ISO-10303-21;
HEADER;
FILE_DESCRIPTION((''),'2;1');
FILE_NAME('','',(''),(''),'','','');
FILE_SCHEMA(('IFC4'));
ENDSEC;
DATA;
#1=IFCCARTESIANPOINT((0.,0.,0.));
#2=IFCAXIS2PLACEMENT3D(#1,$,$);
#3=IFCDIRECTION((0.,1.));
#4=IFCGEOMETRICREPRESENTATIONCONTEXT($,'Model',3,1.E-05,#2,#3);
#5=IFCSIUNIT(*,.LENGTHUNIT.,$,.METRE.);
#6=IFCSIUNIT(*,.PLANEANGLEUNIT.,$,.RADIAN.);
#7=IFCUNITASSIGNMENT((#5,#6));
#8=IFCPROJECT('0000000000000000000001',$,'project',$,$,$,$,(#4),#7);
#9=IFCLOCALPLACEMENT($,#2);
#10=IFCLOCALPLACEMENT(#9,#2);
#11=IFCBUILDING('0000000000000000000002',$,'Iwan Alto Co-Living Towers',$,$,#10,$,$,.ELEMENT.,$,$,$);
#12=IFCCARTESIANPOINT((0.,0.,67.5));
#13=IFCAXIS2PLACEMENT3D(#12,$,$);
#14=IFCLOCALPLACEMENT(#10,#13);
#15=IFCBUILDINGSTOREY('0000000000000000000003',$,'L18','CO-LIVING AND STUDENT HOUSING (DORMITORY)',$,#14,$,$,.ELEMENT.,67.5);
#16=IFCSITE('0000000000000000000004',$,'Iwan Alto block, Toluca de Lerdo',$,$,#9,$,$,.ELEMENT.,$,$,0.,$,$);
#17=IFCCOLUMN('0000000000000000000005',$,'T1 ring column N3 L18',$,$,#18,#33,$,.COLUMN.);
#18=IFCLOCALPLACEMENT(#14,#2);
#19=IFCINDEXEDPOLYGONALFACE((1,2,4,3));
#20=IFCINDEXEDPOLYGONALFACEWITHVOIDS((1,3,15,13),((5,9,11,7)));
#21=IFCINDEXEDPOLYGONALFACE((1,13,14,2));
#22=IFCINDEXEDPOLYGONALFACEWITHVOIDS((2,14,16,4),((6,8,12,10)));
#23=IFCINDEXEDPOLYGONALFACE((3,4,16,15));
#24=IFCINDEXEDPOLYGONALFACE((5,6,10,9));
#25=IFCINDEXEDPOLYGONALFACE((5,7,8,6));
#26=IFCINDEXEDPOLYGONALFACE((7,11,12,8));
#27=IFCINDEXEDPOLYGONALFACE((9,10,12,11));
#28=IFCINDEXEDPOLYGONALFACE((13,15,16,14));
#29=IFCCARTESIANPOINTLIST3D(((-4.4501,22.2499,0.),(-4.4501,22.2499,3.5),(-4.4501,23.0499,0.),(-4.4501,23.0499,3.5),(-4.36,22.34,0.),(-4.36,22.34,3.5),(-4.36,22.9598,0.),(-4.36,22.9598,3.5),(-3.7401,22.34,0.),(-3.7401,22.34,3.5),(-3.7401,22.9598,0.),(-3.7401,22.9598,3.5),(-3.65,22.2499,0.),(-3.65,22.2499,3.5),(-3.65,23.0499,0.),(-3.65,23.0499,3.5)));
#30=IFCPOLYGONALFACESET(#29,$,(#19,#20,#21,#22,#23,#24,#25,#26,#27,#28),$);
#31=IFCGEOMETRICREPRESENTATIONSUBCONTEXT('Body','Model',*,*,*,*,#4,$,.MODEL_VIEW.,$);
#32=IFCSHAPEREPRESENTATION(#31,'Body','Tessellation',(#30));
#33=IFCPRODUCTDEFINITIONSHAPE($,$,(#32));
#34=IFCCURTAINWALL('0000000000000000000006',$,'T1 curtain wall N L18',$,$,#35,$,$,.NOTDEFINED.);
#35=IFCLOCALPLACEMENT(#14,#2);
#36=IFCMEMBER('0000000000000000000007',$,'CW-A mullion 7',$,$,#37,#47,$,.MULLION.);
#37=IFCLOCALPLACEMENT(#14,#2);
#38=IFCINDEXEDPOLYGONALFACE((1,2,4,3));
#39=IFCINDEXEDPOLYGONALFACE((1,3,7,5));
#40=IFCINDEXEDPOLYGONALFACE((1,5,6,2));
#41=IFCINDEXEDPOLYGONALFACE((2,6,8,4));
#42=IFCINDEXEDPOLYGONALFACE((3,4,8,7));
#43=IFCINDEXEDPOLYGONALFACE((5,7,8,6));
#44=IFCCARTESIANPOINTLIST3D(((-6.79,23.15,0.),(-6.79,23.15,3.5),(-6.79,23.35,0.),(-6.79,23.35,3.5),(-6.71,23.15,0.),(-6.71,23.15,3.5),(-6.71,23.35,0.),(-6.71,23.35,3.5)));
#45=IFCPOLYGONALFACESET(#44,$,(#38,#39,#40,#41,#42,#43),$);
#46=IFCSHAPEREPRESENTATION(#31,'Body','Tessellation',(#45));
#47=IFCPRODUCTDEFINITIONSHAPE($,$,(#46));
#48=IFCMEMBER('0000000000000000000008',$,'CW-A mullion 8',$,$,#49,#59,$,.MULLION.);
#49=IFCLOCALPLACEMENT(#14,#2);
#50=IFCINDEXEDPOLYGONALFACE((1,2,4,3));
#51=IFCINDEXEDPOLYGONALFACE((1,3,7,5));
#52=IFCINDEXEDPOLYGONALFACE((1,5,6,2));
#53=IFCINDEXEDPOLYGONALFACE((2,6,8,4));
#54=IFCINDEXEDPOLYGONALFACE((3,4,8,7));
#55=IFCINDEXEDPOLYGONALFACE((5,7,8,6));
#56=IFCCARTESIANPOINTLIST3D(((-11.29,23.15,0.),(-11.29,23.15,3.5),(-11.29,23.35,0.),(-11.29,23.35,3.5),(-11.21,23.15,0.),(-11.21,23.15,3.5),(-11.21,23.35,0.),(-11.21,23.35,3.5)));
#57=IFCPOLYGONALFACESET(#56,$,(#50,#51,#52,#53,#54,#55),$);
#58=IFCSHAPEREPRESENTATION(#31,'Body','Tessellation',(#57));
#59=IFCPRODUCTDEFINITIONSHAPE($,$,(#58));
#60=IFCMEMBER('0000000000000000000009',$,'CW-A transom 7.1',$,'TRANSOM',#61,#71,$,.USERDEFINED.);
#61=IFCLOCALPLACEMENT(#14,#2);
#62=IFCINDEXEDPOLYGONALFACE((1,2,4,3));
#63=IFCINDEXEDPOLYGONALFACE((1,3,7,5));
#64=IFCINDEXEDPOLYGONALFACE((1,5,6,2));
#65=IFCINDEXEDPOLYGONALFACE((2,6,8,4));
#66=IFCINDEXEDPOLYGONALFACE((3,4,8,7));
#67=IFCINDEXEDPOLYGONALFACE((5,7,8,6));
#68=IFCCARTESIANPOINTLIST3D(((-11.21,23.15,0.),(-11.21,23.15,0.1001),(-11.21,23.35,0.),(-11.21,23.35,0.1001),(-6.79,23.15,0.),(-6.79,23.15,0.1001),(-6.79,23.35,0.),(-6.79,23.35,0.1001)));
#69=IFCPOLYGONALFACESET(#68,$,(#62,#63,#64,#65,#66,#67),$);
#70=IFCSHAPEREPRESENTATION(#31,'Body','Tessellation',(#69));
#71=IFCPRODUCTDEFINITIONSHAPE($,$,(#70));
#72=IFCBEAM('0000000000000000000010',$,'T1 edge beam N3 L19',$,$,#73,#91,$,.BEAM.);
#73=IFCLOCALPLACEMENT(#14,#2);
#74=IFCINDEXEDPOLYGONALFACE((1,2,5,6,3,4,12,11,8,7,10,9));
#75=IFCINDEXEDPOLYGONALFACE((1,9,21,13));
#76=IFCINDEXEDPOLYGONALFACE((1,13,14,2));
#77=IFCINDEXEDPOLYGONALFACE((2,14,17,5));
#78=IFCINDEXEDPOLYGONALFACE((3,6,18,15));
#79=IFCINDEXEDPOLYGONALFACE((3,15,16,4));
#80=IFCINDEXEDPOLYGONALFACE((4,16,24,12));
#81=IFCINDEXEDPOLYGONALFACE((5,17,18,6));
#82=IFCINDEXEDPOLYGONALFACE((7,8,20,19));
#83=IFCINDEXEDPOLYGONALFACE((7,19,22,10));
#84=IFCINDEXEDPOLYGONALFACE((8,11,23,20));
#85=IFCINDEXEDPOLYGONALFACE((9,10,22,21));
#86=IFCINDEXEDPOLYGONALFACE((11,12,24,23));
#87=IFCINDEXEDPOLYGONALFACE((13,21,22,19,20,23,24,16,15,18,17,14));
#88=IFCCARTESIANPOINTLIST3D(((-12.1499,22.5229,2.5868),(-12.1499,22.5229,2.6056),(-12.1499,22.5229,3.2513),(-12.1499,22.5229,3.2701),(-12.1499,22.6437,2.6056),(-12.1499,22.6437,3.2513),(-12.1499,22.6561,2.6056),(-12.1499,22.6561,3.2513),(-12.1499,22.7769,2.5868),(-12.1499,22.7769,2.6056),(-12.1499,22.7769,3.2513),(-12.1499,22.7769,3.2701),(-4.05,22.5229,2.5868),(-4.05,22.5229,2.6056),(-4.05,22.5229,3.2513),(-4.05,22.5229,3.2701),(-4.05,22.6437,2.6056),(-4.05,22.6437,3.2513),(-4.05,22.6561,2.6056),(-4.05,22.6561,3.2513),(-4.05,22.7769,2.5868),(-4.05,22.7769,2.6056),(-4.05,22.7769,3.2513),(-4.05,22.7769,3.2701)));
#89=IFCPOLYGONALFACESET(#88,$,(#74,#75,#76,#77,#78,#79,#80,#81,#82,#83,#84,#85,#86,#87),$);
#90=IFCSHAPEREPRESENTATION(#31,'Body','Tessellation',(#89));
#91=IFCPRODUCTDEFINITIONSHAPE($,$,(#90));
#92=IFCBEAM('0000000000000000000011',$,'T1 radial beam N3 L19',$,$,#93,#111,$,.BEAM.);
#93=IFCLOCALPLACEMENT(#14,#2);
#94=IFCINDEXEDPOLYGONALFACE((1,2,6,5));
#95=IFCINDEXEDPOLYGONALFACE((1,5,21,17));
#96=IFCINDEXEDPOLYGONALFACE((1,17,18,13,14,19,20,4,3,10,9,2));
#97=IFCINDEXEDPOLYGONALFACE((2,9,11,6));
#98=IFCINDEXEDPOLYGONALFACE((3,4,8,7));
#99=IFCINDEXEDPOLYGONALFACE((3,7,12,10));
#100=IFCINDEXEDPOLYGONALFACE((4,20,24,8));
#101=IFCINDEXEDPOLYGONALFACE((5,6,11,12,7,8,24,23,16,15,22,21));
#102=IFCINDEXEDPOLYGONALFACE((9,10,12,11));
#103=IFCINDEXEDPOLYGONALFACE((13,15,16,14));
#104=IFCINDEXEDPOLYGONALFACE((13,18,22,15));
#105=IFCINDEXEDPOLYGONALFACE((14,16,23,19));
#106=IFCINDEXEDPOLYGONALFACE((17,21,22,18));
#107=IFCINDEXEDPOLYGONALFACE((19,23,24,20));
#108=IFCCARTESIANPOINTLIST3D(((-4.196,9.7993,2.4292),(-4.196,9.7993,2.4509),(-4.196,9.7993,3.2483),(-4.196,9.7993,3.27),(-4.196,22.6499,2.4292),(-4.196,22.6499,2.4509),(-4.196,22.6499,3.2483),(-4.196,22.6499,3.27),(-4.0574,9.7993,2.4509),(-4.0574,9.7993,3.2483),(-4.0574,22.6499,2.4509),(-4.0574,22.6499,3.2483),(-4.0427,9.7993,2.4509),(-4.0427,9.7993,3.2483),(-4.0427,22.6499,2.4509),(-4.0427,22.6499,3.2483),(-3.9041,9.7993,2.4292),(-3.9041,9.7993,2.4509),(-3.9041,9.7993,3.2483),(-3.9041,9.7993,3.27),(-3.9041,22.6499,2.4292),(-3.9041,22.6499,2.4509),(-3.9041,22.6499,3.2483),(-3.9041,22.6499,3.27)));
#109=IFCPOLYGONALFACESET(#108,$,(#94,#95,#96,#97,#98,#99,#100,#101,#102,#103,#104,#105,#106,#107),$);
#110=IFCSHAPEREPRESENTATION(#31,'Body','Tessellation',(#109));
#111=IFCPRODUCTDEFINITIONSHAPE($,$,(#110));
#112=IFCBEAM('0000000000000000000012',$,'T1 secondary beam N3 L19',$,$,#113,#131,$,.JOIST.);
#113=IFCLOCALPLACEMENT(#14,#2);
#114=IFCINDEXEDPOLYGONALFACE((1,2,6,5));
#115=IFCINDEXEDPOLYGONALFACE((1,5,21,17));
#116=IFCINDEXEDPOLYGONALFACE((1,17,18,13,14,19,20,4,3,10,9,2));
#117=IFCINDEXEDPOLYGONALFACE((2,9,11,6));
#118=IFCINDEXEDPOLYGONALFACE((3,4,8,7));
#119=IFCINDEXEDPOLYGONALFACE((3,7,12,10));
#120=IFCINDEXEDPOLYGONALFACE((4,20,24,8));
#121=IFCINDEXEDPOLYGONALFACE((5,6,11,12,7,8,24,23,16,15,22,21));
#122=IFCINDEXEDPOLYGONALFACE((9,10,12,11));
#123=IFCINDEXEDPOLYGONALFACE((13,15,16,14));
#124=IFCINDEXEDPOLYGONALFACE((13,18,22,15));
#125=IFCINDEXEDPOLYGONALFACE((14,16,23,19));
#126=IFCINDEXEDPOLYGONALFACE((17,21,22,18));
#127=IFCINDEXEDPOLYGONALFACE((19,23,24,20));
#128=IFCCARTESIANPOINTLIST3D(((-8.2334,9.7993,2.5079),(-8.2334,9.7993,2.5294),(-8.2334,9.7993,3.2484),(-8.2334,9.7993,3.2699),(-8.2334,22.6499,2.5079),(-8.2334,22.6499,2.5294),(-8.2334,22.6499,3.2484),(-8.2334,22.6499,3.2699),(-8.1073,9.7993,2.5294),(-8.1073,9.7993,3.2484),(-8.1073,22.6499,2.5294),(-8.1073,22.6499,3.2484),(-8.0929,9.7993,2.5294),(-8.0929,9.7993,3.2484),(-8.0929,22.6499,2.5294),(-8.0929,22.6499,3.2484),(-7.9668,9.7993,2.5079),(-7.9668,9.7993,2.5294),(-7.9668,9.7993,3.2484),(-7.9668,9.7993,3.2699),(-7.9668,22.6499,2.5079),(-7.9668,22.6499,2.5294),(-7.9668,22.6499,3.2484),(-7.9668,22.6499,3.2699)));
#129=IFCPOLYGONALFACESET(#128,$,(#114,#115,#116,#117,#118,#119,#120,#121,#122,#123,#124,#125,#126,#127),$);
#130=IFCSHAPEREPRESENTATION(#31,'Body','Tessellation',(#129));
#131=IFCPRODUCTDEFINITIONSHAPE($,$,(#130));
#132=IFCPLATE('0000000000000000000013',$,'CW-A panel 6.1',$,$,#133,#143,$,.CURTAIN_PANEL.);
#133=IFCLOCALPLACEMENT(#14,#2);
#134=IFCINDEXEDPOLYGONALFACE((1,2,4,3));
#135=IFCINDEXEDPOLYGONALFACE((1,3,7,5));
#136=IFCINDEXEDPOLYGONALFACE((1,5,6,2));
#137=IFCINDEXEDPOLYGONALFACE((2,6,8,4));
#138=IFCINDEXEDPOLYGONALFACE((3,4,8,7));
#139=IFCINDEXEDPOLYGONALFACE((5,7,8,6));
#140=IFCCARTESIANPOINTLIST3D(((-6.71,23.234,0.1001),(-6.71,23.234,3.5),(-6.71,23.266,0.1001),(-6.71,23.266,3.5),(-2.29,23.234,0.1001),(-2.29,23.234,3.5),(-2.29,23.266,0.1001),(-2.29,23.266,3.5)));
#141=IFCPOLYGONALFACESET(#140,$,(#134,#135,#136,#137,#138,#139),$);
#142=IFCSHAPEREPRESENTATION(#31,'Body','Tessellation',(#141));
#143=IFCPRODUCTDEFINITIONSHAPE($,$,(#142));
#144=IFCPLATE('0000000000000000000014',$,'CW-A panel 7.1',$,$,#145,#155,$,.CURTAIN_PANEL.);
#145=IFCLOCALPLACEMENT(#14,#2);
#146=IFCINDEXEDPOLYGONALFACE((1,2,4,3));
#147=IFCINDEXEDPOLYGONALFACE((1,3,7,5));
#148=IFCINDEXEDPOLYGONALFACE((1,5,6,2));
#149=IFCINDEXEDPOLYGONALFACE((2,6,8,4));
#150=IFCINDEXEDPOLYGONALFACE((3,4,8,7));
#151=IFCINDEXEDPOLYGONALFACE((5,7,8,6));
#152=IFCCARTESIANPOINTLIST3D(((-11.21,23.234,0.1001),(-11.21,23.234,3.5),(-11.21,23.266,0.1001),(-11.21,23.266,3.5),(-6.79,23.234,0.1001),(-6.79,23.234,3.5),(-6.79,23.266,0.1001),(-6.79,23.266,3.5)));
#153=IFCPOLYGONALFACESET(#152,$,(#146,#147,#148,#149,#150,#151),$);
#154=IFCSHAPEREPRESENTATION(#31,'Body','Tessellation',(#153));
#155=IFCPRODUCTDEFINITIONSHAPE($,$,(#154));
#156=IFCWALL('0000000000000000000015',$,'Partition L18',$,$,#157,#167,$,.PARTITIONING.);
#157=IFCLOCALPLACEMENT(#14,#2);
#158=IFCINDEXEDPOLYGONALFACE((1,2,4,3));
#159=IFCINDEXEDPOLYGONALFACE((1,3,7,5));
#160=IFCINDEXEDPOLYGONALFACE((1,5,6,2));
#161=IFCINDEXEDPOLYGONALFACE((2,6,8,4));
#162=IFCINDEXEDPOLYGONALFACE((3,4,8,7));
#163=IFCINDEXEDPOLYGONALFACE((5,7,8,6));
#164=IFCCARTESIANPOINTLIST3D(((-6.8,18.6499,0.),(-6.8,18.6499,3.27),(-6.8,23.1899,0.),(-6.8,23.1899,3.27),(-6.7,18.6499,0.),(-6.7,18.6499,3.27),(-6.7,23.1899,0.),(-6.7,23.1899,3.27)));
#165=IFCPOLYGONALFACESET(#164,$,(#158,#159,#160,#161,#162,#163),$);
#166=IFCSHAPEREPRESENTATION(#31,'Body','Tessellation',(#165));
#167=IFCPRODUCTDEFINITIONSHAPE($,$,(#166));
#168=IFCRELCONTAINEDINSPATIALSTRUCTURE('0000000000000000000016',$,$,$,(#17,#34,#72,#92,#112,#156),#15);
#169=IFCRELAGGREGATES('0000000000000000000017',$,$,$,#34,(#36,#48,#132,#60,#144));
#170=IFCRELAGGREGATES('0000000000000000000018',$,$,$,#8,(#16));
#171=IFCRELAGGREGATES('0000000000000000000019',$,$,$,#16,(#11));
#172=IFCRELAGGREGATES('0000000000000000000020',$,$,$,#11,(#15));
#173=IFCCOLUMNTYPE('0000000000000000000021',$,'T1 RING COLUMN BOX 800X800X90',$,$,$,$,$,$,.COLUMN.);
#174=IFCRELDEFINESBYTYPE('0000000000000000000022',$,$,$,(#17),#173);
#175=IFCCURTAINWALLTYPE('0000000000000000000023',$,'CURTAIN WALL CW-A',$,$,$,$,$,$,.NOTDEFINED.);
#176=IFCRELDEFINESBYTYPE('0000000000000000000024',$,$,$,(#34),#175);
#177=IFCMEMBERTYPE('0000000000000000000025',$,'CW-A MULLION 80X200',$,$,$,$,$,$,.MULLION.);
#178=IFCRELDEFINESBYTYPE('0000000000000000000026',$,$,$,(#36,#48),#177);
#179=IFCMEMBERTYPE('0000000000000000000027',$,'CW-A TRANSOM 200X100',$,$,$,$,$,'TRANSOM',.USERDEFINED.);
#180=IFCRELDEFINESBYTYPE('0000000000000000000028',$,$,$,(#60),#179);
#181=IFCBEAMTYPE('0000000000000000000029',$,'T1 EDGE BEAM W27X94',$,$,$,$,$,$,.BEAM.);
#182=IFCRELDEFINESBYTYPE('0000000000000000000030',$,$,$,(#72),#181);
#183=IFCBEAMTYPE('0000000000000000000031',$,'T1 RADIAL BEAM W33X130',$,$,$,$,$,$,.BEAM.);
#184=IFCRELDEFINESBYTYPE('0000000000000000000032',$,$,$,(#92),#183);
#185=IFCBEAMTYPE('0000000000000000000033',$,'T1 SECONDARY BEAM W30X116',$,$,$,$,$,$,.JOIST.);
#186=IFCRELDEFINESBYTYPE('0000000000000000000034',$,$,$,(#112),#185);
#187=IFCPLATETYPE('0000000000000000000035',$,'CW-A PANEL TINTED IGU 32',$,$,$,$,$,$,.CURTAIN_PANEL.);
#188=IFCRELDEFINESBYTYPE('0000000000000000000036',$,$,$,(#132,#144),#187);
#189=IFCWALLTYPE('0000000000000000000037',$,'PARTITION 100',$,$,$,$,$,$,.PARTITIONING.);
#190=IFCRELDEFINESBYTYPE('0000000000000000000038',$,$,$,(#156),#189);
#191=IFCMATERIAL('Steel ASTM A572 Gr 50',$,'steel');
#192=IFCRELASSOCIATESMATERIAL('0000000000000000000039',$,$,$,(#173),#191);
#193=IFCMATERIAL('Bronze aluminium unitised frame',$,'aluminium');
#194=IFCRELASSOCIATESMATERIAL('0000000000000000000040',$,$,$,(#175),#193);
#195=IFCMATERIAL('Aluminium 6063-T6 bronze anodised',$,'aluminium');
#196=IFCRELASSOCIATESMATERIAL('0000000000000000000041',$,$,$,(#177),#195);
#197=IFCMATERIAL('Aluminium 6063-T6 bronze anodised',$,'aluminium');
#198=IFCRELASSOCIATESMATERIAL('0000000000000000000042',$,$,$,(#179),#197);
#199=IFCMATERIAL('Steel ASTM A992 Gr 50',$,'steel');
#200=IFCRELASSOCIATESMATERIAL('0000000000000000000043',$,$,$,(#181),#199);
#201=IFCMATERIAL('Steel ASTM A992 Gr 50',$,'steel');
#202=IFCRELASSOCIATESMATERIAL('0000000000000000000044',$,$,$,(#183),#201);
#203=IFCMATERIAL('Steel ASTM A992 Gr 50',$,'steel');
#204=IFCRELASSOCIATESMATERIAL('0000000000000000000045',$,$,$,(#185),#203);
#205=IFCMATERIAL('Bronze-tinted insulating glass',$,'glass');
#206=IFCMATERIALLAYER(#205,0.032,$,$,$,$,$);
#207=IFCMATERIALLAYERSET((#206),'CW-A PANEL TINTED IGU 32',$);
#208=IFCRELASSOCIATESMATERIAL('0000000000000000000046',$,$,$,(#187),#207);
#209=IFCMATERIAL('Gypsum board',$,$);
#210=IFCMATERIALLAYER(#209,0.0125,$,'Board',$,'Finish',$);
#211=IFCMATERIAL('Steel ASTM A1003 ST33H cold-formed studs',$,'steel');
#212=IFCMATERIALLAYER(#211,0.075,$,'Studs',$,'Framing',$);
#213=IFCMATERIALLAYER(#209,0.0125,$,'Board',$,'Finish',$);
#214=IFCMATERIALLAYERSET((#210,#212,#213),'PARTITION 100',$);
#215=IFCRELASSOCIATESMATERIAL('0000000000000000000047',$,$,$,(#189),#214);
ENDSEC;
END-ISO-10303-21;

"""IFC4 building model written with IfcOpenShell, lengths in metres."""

from ifc_helpers import new_model, si_unit, direction, frame, frame_2d, origin, origin_2d, place, context, subcontext, project, spatial, rectangle, hollow_rectangle, i_section, extrude, material, layer, layer_set, material_profile, profile_set, type_object, element, aggregate, save


model = new_model("IFC4")

# Units and contexts
model_context = context("Model", 3, precision=1e-05, world=origin(), true_north=direction((0.0, 1.0)))
body_context = subcontext(model_context, "Body", "Model", "MODEL_VIEW")
ifc_project = project(units=[si_unit("LENGTHUNIT", "METRE"), si_unit("PLANEANGLEUNIT", "RADIAN")], contexts=[model_context])

# Site, building, storey
site_placement = place(None, origin())
site = spatial("IfcSite", under=ifc_project, at=site_placement, Name="Iwan Alto block, Toluca de Lerdo", CompositionType="ELEMENT", RefElevation=0.0)
building_placement = place(site_placement, origin())
building = spatial("IfcBuilding", under=site, at=building_placement, Name="Iwan Alto Co-Living Towers", CompositionType="ELEMENT")
storey_placement = place(building_placement, frame((0.0, 0.0, 67.5)))
storey = spatial("IfcBuildingStorey", under=building, at=storey_placement, Name="L18", Description="CO-LIVING AND STUDENT HOUSING (DORMITORY)", CompositionType="ELEMENT", Elevation=67.5)

# Column
ifc_material_1 = material(Name="Steel ASTM A572 Gr 50", Category="steel")
ifc_material_profile_1 = material_profile(ifc_material_1, hollow_rectangle(XDim=0.8, YDim=0.8, WallThickness=0.0901, at=origin_2d()), Name="BOX 800X800X90")
ifc_profile_set_1 = profile_set([ifc_material_profile_1], Name="Steel ASTM A572 Gr 50")
column_type = type_object("IfcColumnType", Name="T1 RING COLUMN BOX 800X800X90", PredefinedType="COLUMN", material=ifc_profile_set_1)
column_placement = place(storey_placement, frame((-4.05, 22.6499, 0.0), z_axis=(0.0, 0.0, 1.0), x_axis=(1.0, 0.0, 0.0)))
element("IfcColumn", 1, at=column_placement, inside=storey, type_object=column_type, Name="T1 ring column N3 L18", PredefinedType="COLUMN", context=body_context, shape_type="SweptSolid", body=[
    extrude(hollow_rectangle(XDim=0.8, YDim=0.8, WallThickness=0.0901, at=origin_2d()), origin(), (0.0, 0.0, 1.0), 3.5),
])

# Curtain wall, members
ifc_material_2 = material(Name="Bronze aluminium unitised frame", Category="aluminium")
curtain_wall_type = type_object("IfcCurtainWallType", Name="CURTAIN WALL CW-A", PredefinedType="NOTDEFINED", material=ifc_material_2)
curtain_wall_placement = place(storey_placement, origin())
curtain_wall = element("IfcCurtainWall", 2, at=curtain_wall_placement, inside=storey, type_object=curtain_wall_type, Name="T1 curtain wall N L18", PredefinedType="NOTDEFINED")
ifc_material_3 = material(Name="Aluminium 6063-T6 bronze anodised", Category="aluminium")
ifc_material_profile_2 = material_profile(ifc_material_3, rectangle(XDim=0.2, YDim=0.0801, at=origin_2d()), Name="AL 80X200")
ifc_profile_set_2 = profile_set([ifc_material_profile_2], Name="Aluminium 6063-T6 bronze anodised")
member_type_1 = type_object("IfcMemberType", Name="CW-A MULLION 80X200", PredefinedType="MULLION", material=ifc_profile_set_2)
member_1_placement = place(storey_placement, frame((-6.75, 23.25, 0.0), z_axis=(0.0, 0.0, 1.0), x_axis=(0.0, -1.0, 0.0)))
member_1 = element("IfcMember", 3, at=member_1_placement, type_object=member_type_1, Name="CW-A mullion 7", PredefinedType="MULLION", context=body_context, shape_type="SweptSolid", body=[
    extrude(rectangle(XDim=0.2, YDim=0.0801, at=origin_2d()), origin(), (0.0, 0.0, 1.0), 3.5),
])
member_2_placement = place(storey_placement, frame((-11.25, 23.25, 0.0), z_axis=(0.0, 0.0, 1.0), x_axis=(0.0, -1.0, 0.0)))
member_2 = element("IfcMember", 4, at=member_2_placement, type_object=member_type_1, Name="CW-A mullion 8", PredefinedType="MULLION", context=body_context, shape_type="SweptSolid", body=[
    extrude(rectangle(XDim=0.2, YDim=0.0801, at=origin_2d()), origin(), (0.0, 0.0, 1.0), 3.5),
])
ifc_material_4 = material(Name="Aluminium 6063-T6 bronze anodised", Category="aluminium")
ifc_material_profile_3 = material_profile(ifc_material_4, rectangle(XDim=0.2, YDim=0.1001, at=origin_2d()), Name="AL 200X100")
ifc_profile_set_3 = profile_set([ifc_material_profile_3], Name="Aluminium 6063-T6 bronze anodised")
member_type_2 = type_object("IfcMemberType", Name="CW-A TRANSOM 200X100", ElementType="TRANSOM", PredefinedType="USERDEFINED", material=ifc_profile_set_3)
member_3_placement = place(storey_placement, frame((-6.79, 23.25, 0.05), z_axis=(-1.0, 0.0, 0.0), x_axis=(0.0, -1.0, 0.0)))
member_3 = element("IfcMember", 5, at=member_3_placement, type_object=member_type_2, Name="CW-A transom 7.1", ObjectType="TRANSOM", PredefinedType="USERDEFINED", context=body_context, shape_type="SweptSolid", body=[
    extrude(rectangle(XDim=0.2, YDim=0.1001, at=origin_2d()), origin(), (0.0, 0.0, 1.0), 4.4199),
])

# Beams
ifc_material_5 = material(Name="Steel ASTM A992 Gr 50", Category="steel")
ifc_material_profile_4 = material_profile(ifc_material_5, i_section(OverallWidth=0.2539, OverallDepth=0.6833, WebThickness=0.0125, FlangeThickness=0.0188, at=origin_2d()), Name="W27X94")
ifc_profile_set_4 = profile_set([ifc_material_profile_4], Name="Steel ASTM A992 Gr 50")
beam_type_1 = type_object("IfcBeamType", Name="T1 EDGE BEAM W27X94", PredefinedType="BEAM", material=ifc_profile_set_4)
beam_1_placement = place(storey_placement, frame((-4.05, 22.6499, 2.9285), z_axis=(-1.0, 0.0, 0.0), x_axis=(0.0, -1.0, 0.0)))
element("IfcBeam", 6, at=beam_1_placement, inside=storey, type_object=beam_type_1, Name="T1 edge beam N3 L19", PredefinedType="BEAM", context=body_context, shape_type="SweptSolid", body=[
    extrude(i_section(OverallWidth=0.2539, OverallDepth=0.6833, WebThickness=0.0125, FlangeThickness=0.0188, at=origin_2d()), origin(), (0.0, 0.0, 1.0), 8.0999),
])
ifc_material_6 = material(Name="Steel ASTM A992 Gr 50", Category="steel")
ifc_material_profile_5 = material_profile(ifc_material_6, i_section(OverallWidth=0.292, OverallDepth=0.8408, WebThickness=0.0146, FlangeThickness=0.0217, at=origin_2d()), Name="W33X130")
ifc_profile_set_5 = profile_set([ifc_material_profile_5], Name="Steel ASTM A992 Gr 50")
beam_type_2 = type_object("IfcBeamType", Name="T1 RADIAL BEAM W33X130", PredefinedType="BEAM", material=ifc_profile_set_5)
beam_2_placement = place(storey_placement, frame((-4.05, 22.6499, 2.8496), z_axis=(0.0, -1.0, 0.0), x_axis=(1.0, 0.0, 0.0)))
element("IfcBeam", 7, at=beam_2_placement, inside=storey, type_object=beam_type_2, Name="T1 radial beam N3 L19", PredefinedType="BEAM", context=body_context, shape_type="SweptSolid", body=[
    extrude(i_section(OverallWidth=0.292, OverallDepth=0.8408, WebThickness=0.0146, FlangeThickness=0.0217, at=origin_2d()), origin(), (0.0, 0.0, 1.0), 12.8506),
])
ifc_material_7 = material(Name="Steel ASTM A992 Gr 50", Category="steel")
ifc_material_profile_6 = material_profile(ifc_material_7, i_section(OverallWidth=0.2666, OverallDepth=0.762, WebThickness=0.0144, FlangeThickness=0.0215, at=origin_2d()), Name="W30X116")
ifc_profile_set_6 = profile_set([ifc_material_profile_6], Name="Steel ASTM A992 Gr 50")
beam_type_3 = type_object("IfcBeamType", Name="T1 SECONDARY BEAM W30X116", PredefinedType="JOIST", material=ifc_profile_set_6)
beam_3_placement = place(storey_placement, frame((-8.1001, 22.6499, 2.8889), z_axis=(0.0, -1.0, 0.0), x_axis=(1.0, 0.0, 0.0)))
element("IfcBeam", 8, at=beam_3_placement, inside=storey, type_object=beam_type_3, Name="T1 secondary beam N3 L19", PredefinedType="JOIST", context=body_context, shape_type="SweptSolid", body=[
    extrude(i_section(OverallWidth=0.2666, OverallDepth=0.762, WebThickness=0.0144, FlangeThickness=0.0215, at=origin_2d()), origin(), (0.0, 0.0, 1.0), 12.8506),
])

# Plates
ifc_material_8 = material(Name="Bronze-tinted insulating glass", Category="glass")
ifc_layer_1 = layer(ifc_material_8, 0.032)
ifc_layer_set_1 = layer_set([ifc_layer_1], Name="CW-A PANEL TINTED IGU 32")
plate_type = type_object("IfcPlateType", Name="CW-A PANEL TINTED IGU 32", PredefinedType="CURTAIN_PANEL", material=ifc_layer_set_1)
plate_1_placement = place(storey_placement, frame((-4.5, 23.25, 0.1001), z_axis=(0.0, 0.0, 1.0), x_axis=(-1.0, 0.0, 0.0)))
plate_1 = element("IfcPlate", 9, at=plate_1_placement, type_object=plate_type, Name="CW-A panel 6.1", PredefinedType="CURTAIN_PANEL", context=body_context, shape_type="SweptSolid", body=[
    extrude(rectangle(XDim=4.4199, YDim=0.032, at=origin_2d()), origin(), (0.0, 0.0, 1.0), 3.3999),
])
plate_2_placement = place(storey_placement, frame((-9.0, 23.25, 0.1001), z_axis=(0.0, 0.0, 1.0), x_axis=(-1.0, 0.0, 0.0)))
plate_2 = element("IfcPlate", 10, at=plate_2_placement, type_object=plate_type, Name="CW-A panel 7.1", PredefinedType="CURTAIN_PANEL", context=body_context, shape_type="SweptSolid", body=[
    extrude(rectangle(XDim=4.4199, YDim=0.032, at=origin_2d()), origin(), (0.0, 0.0, 1.0), 3.3999),
])
aggregate(curtain_wall, [member_1, member_2, plate_1, member_3, plate_2])

# Wall
ifc_material_9 = material(Name="Gypsum board")
ifc_layer_2 = layer(ifc_material_9, 0.0125, Name="Board", Category="Finish")
ifc_material_10 = material(Name="Steel ASTM A1003 ST33H cold-formed studs", Category="steel")
ifc_layer_3 = layer(ifc_material_10, 0.075, Name="Studs", Category="Framing")
ifc_layer_4 = layer(ifc_material_9, 0.0125, Name="Board", Category="Finish")
ifc_layer_set_2 = layer_set([ifc_layer_2, ifc_layer_3, ifc_layer_4], Name="PARTITION 100")
wall_type = type_object("IfcWallType", Name="PARTITION 100", PredefinedType="PARTITIONING", material=ifc_layer_set_2)
wall_placement = place(storey_placement, frame((-6.75, 18.6499, 0.0), z_axis=(0.0, 0.0, 1.0), x_axis=(0.0, 1.0, 0.0)))
element("IfcWall", 11, at=wall_placement, inside=storey, type_object=wall_type, Name="Partition L18", PredefinedType="PARTITIONING", context=body_context, shape_type="SweptSolid", body=[
    extrude(rectangle(XDim=4.54, YDim=0.1001, at=frame_2d((2.27, 0.0))), origin(), (0.0, 0.0, 1.0), 3.27),
])

save(model, "model.ifc")
